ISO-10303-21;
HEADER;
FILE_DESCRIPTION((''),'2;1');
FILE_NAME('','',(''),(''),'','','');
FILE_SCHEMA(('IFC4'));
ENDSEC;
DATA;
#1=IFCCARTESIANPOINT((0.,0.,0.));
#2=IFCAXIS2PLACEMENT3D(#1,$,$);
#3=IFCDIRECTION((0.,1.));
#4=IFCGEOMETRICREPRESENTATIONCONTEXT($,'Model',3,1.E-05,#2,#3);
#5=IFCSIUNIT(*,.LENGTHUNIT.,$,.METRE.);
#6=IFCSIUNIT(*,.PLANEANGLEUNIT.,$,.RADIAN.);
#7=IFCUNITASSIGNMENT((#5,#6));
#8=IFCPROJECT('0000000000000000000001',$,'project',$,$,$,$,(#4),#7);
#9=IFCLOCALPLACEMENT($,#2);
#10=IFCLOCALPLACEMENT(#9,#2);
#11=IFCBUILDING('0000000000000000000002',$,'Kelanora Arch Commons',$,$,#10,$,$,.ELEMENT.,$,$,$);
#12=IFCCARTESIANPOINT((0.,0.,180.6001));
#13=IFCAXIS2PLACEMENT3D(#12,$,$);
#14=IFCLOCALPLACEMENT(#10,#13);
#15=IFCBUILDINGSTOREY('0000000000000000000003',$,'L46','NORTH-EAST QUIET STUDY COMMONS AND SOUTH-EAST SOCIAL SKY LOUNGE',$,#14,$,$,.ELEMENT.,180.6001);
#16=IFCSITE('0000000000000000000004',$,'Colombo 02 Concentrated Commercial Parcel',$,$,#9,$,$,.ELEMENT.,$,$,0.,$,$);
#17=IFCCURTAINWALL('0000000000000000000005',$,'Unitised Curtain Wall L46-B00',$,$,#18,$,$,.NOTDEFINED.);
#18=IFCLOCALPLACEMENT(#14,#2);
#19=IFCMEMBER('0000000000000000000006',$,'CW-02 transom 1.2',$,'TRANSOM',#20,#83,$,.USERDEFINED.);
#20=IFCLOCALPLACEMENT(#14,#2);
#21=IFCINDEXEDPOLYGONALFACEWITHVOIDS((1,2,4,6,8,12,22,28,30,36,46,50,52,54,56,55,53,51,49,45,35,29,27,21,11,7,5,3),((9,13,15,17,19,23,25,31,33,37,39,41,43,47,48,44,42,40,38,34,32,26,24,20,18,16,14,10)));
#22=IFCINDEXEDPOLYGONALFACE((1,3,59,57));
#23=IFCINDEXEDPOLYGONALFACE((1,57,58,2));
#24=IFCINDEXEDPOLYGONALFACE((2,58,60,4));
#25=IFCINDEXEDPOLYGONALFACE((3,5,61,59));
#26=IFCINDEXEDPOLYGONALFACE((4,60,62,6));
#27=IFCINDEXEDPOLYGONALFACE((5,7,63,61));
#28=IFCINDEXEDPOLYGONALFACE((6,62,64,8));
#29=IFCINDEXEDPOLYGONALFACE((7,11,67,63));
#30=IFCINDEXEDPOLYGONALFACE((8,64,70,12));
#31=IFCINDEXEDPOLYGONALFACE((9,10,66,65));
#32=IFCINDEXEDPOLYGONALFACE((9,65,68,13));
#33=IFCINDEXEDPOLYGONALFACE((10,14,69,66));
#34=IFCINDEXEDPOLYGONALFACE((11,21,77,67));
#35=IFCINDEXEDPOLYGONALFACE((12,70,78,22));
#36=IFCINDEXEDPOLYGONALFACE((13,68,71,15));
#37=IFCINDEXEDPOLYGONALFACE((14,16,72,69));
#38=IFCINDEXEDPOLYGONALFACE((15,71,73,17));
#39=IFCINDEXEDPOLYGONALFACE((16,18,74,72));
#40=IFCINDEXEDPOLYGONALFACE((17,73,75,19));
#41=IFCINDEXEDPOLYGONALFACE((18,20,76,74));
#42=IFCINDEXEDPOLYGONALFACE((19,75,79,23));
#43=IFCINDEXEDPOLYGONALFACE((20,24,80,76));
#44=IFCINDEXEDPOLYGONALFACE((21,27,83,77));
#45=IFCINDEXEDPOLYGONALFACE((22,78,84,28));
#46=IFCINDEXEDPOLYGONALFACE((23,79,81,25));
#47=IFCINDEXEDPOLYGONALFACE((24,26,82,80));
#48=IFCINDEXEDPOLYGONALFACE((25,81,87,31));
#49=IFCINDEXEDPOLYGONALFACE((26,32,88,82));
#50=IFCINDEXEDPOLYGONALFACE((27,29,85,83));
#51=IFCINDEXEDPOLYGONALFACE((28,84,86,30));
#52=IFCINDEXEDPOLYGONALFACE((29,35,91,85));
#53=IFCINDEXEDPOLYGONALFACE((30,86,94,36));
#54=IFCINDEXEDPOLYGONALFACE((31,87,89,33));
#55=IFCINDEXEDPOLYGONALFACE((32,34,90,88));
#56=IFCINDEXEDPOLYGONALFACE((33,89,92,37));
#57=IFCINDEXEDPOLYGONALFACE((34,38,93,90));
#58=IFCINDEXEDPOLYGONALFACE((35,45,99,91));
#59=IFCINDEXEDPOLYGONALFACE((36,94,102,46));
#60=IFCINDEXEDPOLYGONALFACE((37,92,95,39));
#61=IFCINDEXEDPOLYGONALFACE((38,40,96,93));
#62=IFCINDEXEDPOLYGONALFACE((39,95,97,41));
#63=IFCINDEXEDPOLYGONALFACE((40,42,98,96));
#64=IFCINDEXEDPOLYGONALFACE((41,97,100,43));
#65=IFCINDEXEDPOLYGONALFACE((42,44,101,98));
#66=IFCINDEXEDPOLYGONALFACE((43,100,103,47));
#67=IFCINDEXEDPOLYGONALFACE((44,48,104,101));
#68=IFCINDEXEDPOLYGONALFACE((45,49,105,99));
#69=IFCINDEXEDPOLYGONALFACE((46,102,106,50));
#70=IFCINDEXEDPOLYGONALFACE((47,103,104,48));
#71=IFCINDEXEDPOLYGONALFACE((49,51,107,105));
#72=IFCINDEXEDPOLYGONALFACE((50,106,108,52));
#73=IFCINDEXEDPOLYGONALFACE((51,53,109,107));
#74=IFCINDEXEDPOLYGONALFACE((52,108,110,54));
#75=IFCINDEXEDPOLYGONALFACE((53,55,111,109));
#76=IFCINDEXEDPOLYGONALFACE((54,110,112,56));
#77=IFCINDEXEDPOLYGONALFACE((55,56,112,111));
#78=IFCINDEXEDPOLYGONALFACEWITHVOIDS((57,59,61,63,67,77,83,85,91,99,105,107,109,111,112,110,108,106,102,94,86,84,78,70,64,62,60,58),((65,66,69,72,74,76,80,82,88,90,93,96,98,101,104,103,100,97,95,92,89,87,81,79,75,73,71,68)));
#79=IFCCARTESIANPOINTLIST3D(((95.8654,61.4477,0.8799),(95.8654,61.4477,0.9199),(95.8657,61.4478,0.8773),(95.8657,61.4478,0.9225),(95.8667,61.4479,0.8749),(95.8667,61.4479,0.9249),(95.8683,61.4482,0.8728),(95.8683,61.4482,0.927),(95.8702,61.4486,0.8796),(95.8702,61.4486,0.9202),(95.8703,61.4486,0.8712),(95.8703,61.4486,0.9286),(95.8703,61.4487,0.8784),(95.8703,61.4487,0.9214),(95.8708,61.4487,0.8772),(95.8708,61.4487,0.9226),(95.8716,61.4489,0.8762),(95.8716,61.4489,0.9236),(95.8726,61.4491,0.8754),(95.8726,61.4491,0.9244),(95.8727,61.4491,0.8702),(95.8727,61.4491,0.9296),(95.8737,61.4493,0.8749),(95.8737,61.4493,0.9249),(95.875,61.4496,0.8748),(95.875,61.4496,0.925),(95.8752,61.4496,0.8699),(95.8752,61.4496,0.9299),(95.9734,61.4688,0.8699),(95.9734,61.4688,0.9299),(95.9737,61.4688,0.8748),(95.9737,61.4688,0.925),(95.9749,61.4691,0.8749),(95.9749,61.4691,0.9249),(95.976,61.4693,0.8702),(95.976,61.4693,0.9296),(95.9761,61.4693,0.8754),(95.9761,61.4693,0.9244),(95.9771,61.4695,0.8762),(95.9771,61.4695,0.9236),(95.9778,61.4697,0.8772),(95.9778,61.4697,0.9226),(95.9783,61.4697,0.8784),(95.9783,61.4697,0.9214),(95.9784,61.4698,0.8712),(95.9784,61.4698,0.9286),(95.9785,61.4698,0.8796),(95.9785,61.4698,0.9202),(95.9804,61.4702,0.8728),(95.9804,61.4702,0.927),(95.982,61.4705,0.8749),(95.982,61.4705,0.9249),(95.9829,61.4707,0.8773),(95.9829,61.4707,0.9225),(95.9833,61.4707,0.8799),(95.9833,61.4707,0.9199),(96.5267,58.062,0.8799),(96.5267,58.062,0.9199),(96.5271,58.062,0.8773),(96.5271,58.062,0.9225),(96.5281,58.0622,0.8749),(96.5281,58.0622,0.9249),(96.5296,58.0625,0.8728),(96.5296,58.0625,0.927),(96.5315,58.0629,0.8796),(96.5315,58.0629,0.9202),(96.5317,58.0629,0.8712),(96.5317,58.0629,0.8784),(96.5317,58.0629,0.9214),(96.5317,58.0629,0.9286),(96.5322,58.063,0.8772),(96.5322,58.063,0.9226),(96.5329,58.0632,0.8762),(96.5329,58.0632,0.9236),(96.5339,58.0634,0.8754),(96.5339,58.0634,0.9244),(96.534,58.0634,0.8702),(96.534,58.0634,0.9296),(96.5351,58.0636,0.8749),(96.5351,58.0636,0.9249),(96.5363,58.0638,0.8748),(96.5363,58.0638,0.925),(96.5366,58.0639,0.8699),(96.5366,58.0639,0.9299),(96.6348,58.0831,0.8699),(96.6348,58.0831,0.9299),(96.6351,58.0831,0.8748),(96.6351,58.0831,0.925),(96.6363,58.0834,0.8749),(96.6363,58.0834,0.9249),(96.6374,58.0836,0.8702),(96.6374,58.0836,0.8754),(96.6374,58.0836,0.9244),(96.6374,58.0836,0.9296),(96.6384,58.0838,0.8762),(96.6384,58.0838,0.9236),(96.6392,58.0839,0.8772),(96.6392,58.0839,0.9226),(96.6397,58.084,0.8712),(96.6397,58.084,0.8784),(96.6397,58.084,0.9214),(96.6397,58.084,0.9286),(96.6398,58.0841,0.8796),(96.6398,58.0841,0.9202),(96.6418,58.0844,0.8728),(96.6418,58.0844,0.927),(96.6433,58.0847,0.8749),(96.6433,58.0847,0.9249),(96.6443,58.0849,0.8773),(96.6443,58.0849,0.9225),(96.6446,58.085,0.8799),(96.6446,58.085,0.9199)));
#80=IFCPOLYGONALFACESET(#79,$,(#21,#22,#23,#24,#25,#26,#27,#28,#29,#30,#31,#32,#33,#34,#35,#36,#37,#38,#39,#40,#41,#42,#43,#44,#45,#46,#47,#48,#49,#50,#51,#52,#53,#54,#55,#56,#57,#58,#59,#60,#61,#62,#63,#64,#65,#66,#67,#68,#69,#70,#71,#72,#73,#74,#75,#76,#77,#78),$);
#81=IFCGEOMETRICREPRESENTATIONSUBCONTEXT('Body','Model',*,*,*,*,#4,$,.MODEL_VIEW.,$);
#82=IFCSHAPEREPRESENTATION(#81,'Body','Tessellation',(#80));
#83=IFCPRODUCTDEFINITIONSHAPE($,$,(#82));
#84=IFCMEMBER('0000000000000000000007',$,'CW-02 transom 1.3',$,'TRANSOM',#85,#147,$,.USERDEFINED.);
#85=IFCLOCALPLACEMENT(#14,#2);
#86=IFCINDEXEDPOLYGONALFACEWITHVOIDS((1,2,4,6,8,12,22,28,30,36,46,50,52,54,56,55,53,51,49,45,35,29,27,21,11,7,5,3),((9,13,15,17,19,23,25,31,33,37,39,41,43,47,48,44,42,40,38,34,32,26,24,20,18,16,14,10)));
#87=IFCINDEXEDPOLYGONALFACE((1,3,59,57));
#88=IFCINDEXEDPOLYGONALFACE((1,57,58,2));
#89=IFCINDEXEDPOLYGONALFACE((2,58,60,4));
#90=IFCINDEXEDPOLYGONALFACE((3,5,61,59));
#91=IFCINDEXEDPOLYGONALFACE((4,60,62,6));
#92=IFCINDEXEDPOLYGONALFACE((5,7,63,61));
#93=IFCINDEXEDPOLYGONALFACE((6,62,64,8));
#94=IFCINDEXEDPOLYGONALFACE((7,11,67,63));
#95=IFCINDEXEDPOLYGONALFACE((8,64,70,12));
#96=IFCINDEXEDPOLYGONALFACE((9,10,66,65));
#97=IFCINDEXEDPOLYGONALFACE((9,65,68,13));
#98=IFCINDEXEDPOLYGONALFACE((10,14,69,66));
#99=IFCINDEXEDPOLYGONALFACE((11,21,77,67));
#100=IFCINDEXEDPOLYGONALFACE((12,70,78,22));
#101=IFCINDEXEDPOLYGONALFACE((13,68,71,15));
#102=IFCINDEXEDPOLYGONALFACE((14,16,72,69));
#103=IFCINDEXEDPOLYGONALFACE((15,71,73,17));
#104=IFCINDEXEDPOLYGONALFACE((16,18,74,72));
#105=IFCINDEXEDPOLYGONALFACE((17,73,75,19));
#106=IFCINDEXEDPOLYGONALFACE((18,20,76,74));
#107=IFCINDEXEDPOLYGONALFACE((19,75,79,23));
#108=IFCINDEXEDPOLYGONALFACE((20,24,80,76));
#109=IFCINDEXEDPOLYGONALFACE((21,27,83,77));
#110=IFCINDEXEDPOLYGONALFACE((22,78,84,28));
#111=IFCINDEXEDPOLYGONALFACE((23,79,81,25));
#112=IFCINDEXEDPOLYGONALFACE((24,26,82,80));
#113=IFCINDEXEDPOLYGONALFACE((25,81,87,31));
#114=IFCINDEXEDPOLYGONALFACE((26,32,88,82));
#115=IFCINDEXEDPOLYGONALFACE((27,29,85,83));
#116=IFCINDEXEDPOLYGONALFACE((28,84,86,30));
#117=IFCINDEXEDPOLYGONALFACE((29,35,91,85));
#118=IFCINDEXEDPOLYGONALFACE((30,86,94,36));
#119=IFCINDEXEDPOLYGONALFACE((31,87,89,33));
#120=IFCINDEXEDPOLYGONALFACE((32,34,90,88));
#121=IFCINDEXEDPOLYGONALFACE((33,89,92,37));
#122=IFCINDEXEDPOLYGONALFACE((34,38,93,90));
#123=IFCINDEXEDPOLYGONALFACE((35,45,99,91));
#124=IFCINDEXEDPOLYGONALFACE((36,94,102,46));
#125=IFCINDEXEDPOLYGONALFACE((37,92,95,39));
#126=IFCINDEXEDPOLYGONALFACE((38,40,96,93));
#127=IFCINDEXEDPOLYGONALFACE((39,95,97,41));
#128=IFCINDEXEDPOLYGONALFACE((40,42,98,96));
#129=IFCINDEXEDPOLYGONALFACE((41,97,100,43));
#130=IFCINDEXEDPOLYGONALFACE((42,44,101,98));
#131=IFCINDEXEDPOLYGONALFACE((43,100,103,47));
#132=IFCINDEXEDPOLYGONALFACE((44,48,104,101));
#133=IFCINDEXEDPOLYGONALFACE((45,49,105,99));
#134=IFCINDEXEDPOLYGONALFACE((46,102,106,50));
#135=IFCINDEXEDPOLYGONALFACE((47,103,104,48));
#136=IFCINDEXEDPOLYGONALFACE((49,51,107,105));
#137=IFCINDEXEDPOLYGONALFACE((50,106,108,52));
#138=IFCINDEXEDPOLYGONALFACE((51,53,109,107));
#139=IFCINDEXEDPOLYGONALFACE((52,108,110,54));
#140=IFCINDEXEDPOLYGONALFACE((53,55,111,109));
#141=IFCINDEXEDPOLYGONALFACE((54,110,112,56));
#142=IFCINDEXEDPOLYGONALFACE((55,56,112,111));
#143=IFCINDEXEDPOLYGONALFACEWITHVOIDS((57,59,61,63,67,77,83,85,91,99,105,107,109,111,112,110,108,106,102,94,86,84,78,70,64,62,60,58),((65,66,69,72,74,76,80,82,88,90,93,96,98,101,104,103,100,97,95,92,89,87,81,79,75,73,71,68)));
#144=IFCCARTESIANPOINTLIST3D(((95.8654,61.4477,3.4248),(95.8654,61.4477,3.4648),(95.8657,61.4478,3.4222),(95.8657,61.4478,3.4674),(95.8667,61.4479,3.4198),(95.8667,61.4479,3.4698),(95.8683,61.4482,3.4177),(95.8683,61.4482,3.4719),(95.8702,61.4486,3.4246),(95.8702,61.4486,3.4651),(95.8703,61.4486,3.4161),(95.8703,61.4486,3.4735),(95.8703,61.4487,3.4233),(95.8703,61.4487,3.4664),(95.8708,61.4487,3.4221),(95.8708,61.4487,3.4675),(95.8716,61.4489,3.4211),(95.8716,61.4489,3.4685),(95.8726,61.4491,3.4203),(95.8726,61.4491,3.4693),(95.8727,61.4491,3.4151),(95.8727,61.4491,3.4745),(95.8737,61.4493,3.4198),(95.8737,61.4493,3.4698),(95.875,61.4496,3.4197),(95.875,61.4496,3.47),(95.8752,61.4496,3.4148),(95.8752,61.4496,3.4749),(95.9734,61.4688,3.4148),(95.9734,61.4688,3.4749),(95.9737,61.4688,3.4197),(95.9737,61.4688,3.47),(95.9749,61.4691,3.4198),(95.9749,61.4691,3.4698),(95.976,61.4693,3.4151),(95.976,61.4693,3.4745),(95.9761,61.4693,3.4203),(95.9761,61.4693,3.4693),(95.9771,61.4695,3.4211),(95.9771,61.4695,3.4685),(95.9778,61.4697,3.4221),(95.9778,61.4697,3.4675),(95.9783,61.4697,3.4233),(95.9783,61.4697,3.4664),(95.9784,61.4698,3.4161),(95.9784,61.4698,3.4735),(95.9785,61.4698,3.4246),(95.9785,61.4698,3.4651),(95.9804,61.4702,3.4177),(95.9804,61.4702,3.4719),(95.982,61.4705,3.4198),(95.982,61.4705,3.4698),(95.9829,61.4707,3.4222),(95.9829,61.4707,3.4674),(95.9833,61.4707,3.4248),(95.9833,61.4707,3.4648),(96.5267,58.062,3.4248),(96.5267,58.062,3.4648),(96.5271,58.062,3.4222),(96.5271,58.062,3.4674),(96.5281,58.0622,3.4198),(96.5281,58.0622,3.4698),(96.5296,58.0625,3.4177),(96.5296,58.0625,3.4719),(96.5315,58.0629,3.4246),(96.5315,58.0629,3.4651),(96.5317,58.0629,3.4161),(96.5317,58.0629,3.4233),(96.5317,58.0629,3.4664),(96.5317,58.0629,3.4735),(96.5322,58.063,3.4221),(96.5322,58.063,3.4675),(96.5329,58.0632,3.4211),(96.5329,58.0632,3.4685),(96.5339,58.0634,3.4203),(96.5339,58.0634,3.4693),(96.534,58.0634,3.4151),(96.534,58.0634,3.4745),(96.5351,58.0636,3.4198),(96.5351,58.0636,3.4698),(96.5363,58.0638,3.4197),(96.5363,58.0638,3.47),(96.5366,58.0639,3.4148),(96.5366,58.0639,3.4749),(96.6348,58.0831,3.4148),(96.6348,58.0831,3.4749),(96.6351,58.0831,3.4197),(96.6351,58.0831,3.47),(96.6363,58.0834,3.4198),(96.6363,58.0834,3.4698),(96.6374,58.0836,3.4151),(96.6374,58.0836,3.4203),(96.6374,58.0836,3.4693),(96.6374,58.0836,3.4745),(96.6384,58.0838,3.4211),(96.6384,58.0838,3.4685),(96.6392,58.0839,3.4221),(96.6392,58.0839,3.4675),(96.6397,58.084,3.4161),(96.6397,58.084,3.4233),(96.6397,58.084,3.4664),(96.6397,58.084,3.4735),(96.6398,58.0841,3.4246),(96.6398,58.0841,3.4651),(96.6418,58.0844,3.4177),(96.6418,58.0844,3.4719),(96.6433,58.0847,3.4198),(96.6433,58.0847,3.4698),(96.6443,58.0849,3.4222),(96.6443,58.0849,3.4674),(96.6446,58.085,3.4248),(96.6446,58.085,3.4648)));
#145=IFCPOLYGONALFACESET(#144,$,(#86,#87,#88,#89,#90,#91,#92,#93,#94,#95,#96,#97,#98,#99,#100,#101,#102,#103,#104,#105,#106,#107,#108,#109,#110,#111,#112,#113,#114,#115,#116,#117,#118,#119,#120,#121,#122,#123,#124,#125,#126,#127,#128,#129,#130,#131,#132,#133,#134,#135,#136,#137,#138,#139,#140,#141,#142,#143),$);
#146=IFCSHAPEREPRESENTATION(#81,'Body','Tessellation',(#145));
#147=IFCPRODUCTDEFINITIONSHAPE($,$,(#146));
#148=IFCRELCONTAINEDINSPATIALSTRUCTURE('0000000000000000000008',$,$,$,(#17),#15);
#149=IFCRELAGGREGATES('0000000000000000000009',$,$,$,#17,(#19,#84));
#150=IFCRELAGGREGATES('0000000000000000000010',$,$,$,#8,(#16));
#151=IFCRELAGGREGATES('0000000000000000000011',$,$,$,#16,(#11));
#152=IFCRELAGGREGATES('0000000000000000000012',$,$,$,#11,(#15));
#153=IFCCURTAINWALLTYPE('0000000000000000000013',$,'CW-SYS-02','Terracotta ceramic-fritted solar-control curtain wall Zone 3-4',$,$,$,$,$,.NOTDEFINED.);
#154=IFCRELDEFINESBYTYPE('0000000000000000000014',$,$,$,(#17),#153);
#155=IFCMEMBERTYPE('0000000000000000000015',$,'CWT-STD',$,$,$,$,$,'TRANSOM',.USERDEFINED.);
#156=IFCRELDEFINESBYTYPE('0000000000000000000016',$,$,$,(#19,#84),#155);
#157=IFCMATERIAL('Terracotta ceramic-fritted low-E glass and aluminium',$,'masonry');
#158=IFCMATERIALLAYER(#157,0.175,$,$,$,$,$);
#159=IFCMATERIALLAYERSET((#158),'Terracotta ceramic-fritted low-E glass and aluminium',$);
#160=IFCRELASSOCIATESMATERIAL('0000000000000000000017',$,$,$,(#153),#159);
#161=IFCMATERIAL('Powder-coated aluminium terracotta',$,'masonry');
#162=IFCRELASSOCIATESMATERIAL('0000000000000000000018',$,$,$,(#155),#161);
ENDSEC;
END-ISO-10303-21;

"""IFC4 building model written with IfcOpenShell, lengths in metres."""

from ifc_helpers import new_model, si_unit, direction, frame, origin, origin_2d, place, context, subcontext, project, spatial, hollow_rectangle, extrude, material, layer, layer_set, material_profile, profile_set, type_object, element, aggregate, save


model = new_model("IFC4")

# Units and contexts
model_context = context("Model", 3, precision=1e-05, world=origin(), true_north=direction((0.0, 1.0)))
body_context = subcontext(model_context, "Body", "Model", "MODEL_VIEW")
ifc_project = project(units=[si_unit("LENGTHUNIT", "METRE"), si_unit("PLANEANGLEUNIT", "RADIAN")], contexts=[model_context])

# Site, building, storey
site_placement = place(None, origin())
site = spatial("IfcSite", under=ifc_project, at=site_placement, Name="Colombo 02 Concentrated Commercial Parcel", CompositionType="ELEMENT", RefElevation=0.0)
building_placement = place(site_placement, origin())
building = spatial("IfcBuilding", under=site, at=building_placement, Name="Kelanora Arch Commons", CompositionType="ELEMENT")
storey_placement = place(building_placement, frame((0.0, 0.0, 180.6001)))
storey = spatial("IfcBuildingStorey", under=building, at=storey_placement, Name="L46", Description="NORTH-EAST QUIET STUDY COMMONS AND SOUTH-EAST SOCIAL SKY LOUNGE", CompositionType="ELEMENT", Elevation=180.6001)

# Curtain wall, members
ifc_material_1 = material(Name="Terracotta ceramic-fritted low-E glass and aluminium", Category="masonry")
ifc_layer_1 = layer(ifc_material_1, 0.175)
ifc_layer_set_1 = layer_set([ifc_layer_1], Name="Terracotta ceramic-fritted low-E glass and aluminium")
curtain_wall_type = type_object("IfcCurtainWallType", Name="CW-SYS-02", Description="Terracotta ceramic-fritted solar-control curtain wall Zone 3-4", PredefinedType="NOTDEFINED", material=ifc_layer_set_1)
curtain_wall_placement = place(storey_placement, origin())
curtain_wall = element("IfcCurtainWall", 1, at=curtain_wall_placement, inside=storey, type_object=curtain_wall_type, Name="Unitised Curtain Wall L46-B00", PredefinedType="NOTDEFINED")
ifc_material_2 = material(Name="Powder-coated aluminium terracotta", Category="masonry")
ifc_material_profile_1 = material_profile(ifc_material_2, hollow_rectangle(XDim=0.1201, YDim=0.0601, WallThickness=0.0049, InnerFilletRadius=0.0049, OuterFilletRadius=0.01, at=origin_2d()), Name="CWT120x60")
ifc_profile_set_1 = profile_set([ifc_material_profile_1], Name="Powder-coated aluminium terracotta")
member_type_1 = type_object("IfcMemberType", Name="CWT-STD", ElementType="TRANSOM", PredefinedType="USERDEFINED", material=ifc_profile_set_1)
member_1_placement = place(storey_placement, frame((96.5857, 58.0735, 0.8999), z_axis=(-0.191718, 0.98145, 0.0), x_axis=(-0.98145, -0.191718, 0.0)))
member_1 = element("IfcMember", 2, at=member_1_placement, type_object=member_type_1, Name="CW-02 transom 1.2", ObjectType="TRANSOM", PredefinedType="USERDEFINED", context=body_context, shape_type="SweptSolid", body=[
    extrude(hollow_rectangle(XDim=0.1201, YDim=0.0601, WallThickness=0.0049, InnerFilletRadius=0.0049, OuterFilletRadius=0.01, at=origin_2d()), origin(), (0.0, 0.0, 1.0), 3.4497),
])
member_2_placement = place(storey_placement, frame((96.5857, 58.0735, 3.4448), z_axis=(-0.191718, 0.98145, 0.0), x_axis=(-0.98145, -0.191718, 0.0)))
member_2 = element("IfcMember", 3, at=member_2_placement, type_object=member_type_1, Name="CW-02 transom 1.3", ObjectType="TRANSOM", PredefinedType="USERDEFINED", context=body_context, shape_type="SweptSolid", body=[
    extrude(hollow_rectangle(XDim=0.1201, YDim=0.0601, WallThickness=0.0049, InnerFilletRadius=0.0049, OuterFilletRadius=0.01, at=origin_2d()), origin(), (0.0, 0.0, 1.0), 3.4497),
])
aggregate(curtain_wall, [member_1, member_2])

save(model, "model.ifc")
